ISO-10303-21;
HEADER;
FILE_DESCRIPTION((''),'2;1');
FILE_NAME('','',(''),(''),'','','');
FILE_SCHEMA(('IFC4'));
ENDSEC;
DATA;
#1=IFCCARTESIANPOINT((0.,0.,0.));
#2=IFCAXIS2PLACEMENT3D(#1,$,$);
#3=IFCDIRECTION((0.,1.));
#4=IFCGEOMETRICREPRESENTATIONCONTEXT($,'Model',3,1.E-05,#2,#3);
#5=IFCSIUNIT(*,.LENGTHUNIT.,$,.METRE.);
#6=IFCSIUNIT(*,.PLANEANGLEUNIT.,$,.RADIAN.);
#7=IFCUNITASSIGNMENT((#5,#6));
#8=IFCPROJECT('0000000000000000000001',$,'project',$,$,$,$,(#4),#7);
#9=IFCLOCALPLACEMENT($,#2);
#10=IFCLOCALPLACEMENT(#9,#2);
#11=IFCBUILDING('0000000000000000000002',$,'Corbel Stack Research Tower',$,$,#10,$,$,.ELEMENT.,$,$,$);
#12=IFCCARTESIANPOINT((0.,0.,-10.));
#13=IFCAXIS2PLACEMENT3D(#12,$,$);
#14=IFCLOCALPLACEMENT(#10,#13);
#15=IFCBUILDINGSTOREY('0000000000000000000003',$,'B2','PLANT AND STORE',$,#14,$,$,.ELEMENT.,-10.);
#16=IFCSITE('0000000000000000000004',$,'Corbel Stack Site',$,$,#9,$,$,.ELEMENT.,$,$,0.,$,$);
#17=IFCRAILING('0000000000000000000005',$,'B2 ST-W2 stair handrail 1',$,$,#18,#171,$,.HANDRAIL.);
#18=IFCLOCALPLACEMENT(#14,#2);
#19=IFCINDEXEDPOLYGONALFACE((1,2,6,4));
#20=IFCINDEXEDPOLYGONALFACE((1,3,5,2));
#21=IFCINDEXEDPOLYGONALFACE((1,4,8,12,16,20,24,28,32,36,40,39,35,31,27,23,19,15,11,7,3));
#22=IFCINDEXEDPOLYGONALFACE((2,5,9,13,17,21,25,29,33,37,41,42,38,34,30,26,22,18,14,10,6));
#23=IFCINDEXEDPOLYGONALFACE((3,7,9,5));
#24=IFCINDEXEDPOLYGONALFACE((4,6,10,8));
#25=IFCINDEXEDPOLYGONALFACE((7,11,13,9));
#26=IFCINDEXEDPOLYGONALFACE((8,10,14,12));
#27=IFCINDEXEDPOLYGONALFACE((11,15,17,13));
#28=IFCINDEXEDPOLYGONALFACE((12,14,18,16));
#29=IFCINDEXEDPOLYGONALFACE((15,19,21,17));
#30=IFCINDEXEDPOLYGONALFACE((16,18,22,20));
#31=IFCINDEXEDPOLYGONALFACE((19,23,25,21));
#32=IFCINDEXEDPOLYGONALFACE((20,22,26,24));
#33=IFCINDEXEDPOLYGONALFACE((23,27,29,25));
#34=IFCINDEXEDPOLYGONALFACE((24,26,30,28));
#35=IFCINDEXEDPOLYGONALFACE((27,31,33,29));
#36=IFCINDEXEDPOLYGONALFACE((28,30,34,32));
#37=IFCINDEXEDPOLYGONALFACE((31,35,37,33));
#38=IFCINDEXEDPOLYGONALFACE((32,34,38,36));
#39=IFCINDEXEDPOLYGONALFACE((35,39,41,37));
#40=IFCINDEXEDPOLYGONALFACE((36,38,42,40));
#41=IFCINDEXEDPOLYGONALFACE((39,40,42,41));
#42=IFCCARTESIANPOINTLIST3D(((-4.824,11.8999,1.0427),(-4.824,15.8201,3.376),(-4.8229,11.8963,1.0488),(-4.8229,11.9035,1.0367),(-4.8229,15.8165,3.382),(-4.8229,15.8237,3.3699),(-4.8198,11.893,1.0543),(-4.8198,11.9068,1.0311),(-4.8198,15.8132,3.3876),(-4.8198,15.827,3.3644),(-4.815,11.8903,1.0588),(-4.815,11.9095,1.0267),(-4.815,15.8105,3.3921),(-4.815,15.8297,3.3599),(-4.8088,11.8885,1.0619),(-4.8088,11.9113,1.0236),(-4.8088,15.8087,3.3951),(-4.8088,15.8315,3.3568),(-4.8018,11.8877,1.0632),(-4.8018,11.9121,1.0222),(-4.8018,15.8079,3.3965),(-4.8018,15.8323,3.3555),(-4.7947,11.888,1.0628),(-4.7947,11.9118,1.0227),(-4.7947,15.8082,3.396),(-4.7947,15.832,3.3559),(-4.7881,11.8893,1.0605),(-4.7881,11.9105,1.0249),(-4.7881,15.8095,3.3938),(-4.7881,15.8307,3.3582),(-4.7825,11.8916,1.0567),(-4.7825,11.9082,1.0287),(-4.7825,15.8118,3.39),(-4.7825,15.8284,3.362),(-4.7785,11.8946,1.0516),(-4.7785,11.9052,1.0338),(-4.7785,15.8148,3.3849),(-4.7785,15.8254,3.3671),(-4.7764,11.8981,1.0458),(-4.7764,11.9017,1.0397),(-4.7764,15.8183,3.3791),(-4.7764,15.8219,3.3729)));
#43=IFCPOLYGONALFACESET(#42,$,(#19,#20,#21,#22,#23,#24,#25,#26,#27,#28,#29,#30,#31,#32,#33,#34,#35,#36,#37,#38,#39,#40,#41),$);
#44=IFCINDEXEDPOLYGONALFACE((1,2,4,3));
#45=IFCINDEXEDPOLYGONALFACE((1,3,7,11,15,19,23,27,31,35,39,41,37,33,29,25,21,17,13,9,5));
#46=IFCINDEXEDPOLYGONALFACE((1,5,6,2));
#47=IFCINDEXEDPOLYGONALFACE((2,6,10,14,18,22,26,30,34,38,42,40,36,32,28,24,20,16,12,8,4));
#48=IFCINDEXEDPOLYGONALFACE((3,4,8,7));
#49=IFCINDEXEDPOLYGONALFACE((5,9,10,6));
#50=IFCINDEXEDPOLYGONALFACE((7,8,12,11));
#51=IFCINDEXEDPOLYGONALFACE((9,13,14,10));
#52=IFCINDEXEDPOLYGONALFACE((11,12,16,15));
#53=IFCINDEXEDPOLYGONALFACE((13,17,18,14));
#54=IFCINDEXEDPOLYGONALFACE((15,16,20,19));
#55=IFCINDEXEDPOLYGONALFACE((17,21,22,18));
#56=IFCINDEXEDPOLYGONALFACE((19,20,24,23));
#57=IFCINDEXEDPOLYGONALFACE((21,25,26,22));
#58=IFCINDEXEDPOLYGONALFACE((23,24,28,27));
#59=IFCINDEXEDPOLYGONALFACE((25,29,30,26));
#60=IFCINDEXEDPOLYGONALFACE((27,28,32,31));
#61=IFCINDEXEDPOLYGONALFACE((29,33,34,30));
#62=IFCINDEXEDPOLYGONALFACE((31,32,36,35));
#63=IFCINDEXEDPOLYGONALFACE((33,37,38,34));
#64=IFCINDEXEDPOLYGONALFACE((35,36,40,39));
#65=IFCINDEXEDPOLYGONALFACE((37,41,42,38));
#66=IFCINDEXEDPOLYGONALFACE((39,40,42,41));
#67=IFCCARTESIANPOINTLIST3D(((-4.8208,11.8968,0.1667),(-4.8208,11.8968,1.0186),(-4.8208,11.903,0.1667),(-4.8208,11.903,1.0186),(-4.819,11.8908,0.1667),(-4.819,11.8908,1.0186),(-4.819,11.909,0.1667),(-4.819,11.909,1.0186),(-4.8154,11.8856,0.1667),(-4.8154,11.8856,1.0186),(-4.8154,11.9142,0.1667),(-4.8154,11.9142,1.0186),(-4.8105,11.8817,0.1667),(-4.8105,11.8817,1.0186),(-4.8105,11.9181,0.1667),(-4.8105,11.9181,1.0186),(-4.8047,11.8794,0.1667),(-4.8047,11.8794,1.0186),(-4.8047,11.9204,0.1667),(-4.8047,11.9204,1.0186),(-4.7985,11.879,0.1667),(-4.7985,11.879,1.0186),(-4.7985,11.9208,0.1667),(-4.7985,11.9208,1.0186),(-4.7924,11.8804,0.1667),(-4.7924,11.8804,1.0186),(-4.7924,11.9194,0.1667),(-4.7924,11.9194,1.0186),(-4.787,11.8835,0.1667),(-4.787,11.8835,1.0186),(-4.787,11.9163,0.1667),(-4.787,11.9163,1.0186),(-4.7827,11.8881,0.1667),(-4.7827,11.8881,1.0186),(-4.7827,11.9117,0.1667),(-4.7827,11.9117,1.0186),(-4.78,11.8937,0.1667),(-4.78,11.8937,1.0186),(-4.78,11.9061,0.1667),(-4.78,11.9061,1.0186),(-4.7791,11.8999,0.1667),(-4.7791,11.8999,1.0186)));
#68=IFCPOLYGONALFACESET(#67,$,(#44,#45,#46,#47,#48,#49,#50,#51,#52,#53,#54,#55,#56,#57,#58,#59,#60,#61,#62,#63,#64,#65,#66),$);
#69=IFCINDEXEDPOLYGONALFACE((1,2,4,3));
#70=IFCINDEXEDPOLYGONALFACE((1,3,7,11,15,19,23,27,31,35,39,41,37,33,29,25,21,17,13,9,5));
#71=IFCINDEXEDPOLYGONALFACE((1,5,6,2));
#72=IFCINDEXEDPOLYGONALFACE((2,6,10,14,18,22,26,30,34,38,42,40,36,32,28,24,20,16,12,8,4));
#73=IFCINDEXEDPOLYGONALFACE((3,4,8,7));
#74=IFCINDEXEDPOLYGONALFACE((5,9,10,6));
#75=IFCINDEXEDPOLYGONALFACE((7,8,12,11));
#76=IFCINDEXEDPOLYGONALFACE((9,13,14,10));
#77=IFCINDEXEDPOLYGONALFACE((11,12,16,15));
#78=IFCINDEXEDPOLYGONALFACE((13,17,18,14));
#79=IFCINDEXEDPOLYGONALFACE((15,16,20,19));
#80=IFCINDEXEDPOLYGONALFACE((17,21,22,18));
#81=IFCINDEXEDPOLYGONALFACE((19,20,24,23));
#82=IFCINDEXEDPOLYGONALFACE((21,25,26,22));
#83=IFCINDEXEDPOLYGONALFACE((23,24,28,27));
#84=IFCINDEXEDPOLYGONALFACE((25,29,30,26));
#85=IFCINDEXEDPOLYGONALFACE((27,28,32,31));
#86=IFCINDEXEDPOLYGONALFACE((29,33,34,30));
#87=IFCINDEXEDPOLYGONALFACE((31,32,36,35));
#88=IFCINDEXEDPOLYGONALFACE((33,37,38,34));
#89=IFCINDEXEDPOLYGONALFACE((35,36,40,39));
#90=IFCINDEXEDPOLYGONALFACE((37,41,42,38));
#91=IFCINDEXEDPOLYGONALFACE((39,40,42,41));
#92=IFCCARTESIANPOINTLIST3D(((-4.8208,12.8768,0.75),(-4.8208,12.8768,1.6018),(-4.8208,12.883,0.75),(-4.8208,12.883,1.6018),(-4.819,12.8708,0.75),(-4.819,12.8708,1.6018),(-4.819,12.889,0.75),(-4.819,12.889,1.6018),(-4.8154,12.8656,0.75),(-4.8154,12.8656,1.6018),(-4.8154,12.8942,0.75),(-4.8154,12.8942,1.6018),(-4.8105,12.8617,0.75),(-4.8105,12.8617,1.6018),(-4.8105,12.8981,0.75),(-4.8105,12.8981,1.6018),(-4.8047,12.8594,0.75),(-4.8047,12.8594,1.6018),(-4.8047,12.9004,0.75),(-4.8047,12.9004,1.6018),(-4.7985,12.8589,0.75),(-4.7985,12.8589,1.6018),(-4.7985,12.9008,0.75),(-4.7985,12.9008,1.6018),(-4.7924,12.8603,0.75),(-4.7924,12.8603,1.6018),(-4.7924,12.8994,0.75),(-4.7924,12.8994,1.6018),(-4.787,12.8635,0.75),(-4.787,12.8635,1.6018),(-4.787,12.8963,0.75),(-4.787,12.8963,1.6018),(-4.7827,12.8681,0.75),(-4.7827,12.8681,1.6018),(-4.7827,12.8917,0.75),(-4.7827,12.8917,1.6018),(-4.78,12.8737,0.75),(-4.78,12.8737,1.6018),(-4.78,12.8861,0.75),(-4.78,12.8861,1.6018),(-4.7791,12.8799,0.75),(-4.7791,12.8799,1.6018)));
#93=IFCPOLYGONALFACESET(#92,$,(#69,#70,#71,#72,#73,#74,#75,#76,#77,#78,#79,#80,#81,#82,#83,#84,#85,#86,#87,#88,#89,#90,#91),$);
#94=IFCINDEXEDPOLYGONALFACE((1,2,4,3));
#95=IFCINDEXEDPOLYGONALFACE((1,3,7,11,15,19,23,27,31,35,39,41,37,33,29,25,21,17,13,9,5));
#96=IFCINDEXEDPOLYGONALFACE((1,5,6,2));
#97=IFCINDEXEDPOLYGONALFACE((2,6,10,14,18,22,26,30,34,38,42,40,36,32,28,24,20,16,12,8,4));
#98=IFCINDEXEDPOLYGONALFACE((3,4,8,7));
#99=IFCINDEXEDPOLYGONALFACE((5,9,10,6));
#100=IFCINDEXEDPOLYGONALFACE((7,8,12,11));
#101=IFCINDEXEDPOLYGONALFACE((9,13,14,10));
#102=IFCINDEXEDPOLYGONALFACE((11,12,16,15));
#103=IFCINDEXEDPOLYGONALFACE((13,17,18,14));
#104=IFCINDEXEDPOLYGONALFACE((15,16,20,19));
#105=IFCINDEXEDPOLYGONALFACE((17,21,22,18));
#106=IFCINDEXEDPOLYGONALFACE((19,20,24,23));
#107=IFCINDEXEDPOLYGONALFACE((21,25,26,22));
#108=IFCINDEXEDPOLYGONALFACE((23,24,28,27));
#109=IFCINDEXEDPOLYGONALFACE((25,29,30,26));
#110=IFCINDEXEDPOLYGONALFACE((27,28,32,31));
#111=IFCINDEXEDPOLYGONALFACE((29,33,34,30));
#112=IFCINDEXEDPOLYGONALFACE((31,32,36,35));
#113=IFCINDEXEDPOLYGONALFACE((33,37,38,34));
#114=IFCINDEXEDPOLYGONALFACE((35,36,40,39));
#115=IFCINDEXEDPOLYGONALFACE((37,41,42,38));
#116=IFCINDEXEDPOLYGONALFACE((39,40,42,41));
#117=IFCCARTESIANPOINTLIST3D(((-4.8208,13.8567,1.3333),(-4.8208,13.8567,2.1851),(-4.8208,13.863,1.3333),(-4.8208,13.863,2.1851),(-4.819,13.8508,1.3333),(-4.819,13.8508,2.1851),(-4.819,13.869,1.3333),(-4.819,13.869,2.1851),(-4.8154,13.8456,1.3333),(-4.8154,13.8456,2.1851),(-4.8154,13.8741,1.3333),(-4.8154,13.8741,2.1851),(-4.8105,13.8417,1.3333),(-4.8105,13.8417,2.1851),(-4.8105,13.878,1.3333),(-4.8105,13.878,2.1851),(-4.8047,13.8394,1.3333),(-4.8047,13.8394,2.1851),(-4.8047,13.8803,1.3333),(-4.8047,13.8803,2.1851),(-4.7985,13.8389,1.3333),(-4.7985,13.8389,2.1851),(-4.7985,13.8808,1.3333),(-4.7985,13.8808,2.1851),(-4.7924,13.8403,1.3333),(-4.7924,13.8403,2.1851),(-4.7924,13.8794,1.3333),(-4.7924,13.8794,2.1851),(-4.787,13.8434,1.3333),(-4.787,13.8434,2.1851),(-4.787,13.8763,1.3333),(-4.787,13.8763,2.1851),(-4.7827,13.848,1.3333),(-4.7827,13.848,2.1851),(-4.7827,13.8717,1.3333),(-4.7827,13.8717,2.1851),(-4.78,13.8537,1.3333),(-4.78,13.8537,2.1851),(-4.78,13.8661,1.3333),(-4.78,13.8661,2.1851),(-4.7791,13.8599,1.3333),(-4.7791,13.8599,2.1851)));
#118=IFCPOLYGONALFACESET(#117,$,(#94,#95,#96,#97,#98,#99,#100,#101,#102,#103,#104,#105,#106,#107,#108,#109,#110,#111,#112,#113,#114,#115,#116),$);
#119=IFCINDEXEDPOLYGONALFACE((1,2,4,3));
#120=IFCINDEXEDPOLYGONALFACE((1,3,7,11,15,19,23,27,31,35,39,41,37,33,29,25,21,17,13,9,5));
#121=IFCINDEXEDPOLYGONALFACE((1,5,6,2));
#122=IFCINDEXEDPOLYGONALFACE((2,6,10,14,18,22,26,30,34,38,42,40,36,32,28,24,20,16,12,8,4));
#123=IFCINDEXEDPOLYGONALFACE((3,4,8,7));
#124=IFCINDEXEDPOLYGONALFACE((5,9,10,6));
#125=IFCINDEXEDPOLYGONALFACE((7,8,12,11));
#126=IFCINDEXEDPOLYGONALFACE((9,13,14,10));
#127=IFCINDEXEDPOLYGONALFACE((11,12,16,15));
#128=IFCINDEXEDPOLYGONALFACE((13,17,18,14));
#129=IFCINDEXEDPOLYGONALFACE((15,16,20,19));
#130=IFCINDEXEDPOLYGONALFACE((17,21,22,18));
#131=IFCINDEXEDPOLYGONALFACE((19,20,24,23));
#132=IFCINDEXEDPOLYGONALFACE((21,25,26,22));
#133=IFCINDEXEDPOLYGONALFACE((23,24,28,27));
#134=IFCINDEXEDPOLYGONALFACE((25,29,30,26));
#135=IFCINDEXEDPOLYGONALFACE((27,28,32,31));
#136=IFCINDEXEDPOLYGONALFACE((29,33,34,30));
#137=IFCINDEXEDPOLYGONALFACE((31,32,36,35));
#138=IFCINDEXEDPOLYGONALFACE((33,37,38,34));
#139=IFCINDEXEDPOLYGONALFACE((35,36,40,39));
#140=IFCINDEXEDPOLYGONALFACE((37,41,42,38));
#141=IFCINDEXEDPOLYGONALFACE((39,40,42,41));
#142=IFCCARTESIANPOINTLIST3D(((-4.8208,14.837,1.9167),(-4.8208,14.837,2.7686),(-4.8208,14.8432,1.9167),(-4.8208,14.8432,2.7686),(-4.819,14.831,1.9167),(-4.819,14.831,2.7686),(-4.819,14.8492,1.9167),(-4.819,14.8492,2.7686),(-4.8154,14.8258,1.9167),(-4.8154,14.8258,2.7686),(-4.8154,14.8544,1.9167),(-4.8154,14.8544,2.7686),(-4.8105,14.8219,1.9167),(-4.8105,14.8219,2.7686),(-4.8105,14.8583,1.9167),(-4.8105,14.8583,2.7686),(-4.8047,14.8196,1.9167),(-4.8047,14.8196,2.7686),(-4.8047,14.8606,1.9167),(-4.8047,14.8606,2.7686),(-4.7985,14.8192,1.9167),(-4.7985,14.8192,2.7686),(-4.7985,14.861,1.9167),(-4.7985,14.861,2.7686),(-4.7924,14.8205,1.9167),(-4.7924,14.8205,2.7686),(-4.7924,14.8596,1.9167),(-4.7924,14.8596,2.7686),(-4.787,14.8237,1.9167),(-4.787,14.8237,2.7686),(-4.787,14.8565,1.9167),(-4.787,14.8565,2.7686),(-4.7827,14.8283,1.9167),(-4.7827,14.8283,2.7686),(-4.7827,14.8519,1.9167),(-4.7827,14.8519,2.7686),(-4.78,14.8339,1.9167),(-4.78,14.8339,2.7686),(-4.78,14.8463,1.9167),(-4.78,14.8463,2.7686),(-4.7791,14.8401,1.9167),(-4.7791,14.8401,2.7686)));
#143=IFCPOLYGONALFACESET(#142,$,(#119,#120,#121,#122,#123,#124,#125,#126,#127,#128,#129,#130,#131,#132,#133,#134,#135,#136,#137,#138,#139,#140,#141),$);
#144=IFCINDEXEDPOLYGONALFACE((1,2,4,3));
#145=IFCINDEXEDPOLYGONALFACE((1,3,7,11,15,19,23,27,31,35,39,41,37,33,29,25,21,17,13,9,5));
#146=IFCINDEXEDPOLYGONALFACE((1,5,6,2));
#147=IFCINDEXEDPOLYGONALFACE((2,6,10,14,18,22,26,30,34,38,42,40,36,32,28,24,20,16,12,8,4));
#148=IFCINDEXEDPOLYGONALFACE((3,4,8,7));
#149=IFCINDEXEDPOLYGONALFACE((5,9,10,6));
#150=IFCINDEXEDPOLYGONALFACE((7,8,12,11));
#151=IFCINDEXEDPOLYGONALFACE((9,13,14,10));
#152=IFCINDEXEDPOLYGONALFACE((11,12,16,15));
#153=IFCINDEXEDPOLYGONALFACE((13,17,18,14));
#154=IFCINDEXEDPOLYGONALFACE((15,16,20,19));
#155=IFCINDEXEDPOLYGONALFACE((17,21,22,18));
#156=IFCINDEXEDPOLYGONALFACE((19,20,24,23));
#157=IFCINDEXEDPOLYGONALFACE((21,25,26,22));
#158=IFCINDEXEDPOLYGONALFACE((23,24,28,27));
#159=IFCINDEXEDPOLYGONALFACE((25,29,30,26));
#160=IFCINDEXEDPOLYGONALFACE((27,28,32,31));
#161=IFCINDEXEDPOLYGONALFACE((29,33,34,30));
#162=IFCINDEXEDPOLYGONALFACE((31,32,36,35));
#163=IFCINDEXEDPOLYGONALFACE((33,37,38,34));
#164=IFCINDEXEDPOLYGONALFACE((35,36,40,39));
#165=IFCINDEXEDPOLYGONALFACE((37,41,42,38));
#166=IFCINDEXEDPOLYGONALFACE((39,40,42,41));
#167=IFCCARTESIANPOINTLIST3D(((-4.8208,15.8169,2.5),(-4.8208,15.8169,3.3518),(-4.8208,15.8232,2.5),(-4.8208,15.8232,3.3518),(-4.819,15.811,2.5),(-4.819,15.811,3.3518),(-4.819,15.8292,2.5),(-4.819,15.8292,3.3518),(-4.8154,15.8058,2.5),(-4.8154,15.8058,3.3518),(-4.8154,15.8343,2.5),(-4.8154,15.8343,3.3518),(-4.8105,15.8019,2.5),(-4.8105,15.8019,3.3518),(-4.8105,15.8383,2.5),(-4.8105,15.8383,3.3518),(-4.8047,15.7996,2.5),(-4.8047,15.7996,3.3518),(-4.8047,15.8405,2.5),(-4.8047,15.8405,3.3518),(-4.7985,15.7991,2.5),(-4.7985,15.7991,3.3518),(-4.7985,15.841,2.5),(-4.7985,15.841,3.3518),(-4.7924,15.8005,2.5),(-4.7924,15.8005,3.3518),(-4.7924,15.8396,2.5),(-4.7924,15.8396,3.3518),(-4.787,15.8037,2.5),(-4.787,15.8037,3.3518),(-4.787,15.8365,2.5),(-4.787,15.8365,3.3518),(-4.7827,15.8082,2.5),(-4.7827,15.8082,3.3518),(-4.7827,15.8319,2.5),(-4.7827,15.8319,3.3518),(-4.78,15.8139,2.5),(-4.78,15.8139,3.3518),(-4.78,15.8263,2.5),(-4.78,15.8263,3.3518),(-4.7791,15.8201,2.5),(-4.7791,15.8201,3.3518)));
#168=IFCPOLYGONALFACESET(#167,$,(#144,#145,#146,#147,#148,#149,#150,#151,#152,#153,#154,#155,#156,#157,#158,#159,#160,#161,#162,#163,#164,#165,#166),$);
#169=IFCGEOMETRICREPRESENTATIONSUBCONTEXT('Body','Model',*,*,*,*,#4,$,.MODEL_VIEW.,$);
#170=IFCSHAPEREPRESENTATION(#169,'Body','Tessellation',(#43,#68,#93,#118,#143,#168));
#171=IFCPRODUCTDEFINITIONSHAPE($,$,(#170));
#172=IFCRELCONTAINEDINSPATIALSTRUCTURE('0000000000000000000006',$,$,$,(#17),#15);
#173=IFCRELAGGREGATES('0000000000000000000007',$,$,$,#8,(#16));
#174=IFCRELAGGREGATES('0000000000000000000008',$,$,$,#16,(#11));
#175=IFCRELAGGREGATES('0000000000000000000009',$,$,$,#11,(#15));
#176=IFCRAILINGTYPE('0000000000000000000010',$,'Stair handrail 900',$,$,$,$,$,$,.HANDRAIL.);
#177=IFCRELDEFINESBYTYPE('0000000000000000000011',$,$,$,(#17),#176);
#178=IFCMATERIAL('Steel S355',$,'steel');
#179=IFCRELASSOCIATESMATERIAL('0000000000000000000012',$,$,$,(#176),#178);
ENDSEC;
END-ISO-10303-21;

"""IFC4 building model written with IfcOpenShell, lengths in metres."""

from ifc_helpers import new_model, si_unit, direction, frame, origin, origin_2d, place, context, subcontext, project, spatial, circle, extrude, material, type_object, element, save


model = new_model("IFC4")

# Units and contexts
model_context = context("Model", 3, precision=1e-05, world=origin(), true_north=direction((0.0, 1.0)))
body_context = subcontext(model_context, "Body", "Model", "MODEL_VIEW")
ifc_project = project(units=[si_unit("LENGTHUNIT", "METRE"), si_unit("PLANEANGLEUNIT", "RADIAN")], contexts=[model_context])

# Site, building, storey
site_placement = place(None, origin())
site = spatial("IfcSite", under=ifc_project, at=site_placement, Name="Corbel Stack Site", CompositionType="ELEMENT", RefElevation=0.0)
building_placement = place(site_placement, origin())
building = spatial("IfcBuilding", under=site, at=building_placement, Name="Corbel Stack Research Tower", CompositionType="ELEMENT")
storey_placement = place(building_placement, frame((0.0, 0.0, -10.0)))
storey = spatial("IfcBuildingStorey", under=building, at=storey_placement, Name="B2", Description="PLANT AND STORE", CompositionType="ELEMENT", Elevation=-10.0)

# Railing
ifc_material_1 = material(Name="Steel S355", Category="steel")
railing_type_1 = type_object("IfcRailingType", Name="Stair handrail 900", PredefinedType="HANDRAIL", material=ifc_material_1)
railing_1_placement = place(storey_placement, frame((-4.8, 11.8999, 0.1667)))
element("IfcRailing", 1, at=railing_1_placement, inside=storey, type_object=railing_type_1, Name="B2 ST-W2 stair handrail 1", PredefinedType="HANDRAIL", context=body_context, shape_type="SweptSolid", body=[
    extrude(circle(Radius=0.0239, at=origin_2d()), frame((0.0, 0.0, 0.876), z_axis=(0.0, 0.85931, 0.511455), x_axis=(-1.0, 0.0, 0.0)), (0.0, 0.0, 1.0), 4.562),
    extrude(circle(Radius=0.021, at=origin_2d()), origin(), (0.0, 0.0, 1.0), 0.8518),
    extrude(circle(Radius=0.021, at=origin_2d()), frame((0.0, 0.98, 0.5833)), (0.0, 0.0, 1.0), 0.8518),
    extrude(circle(Radius=0.021, at=origin_2d()), frame((0.0, 1.96, 1.1665)), (0.0, 0.0, 1.0), 0.8518),
    extrude(circle(Radius=0.021, at=origin_2d()), frame((0.0, 2.9402, 1.75)), (0.0, 0.0, 1.0), 0.8518),
    extrude(circle(Radius=0.021, at=origin_2d()), frame((0.0, 3.9202, 2.3333)), (0.0, 0.0, 1.0), 0.8518),
])

save(model, "model.ifc")
